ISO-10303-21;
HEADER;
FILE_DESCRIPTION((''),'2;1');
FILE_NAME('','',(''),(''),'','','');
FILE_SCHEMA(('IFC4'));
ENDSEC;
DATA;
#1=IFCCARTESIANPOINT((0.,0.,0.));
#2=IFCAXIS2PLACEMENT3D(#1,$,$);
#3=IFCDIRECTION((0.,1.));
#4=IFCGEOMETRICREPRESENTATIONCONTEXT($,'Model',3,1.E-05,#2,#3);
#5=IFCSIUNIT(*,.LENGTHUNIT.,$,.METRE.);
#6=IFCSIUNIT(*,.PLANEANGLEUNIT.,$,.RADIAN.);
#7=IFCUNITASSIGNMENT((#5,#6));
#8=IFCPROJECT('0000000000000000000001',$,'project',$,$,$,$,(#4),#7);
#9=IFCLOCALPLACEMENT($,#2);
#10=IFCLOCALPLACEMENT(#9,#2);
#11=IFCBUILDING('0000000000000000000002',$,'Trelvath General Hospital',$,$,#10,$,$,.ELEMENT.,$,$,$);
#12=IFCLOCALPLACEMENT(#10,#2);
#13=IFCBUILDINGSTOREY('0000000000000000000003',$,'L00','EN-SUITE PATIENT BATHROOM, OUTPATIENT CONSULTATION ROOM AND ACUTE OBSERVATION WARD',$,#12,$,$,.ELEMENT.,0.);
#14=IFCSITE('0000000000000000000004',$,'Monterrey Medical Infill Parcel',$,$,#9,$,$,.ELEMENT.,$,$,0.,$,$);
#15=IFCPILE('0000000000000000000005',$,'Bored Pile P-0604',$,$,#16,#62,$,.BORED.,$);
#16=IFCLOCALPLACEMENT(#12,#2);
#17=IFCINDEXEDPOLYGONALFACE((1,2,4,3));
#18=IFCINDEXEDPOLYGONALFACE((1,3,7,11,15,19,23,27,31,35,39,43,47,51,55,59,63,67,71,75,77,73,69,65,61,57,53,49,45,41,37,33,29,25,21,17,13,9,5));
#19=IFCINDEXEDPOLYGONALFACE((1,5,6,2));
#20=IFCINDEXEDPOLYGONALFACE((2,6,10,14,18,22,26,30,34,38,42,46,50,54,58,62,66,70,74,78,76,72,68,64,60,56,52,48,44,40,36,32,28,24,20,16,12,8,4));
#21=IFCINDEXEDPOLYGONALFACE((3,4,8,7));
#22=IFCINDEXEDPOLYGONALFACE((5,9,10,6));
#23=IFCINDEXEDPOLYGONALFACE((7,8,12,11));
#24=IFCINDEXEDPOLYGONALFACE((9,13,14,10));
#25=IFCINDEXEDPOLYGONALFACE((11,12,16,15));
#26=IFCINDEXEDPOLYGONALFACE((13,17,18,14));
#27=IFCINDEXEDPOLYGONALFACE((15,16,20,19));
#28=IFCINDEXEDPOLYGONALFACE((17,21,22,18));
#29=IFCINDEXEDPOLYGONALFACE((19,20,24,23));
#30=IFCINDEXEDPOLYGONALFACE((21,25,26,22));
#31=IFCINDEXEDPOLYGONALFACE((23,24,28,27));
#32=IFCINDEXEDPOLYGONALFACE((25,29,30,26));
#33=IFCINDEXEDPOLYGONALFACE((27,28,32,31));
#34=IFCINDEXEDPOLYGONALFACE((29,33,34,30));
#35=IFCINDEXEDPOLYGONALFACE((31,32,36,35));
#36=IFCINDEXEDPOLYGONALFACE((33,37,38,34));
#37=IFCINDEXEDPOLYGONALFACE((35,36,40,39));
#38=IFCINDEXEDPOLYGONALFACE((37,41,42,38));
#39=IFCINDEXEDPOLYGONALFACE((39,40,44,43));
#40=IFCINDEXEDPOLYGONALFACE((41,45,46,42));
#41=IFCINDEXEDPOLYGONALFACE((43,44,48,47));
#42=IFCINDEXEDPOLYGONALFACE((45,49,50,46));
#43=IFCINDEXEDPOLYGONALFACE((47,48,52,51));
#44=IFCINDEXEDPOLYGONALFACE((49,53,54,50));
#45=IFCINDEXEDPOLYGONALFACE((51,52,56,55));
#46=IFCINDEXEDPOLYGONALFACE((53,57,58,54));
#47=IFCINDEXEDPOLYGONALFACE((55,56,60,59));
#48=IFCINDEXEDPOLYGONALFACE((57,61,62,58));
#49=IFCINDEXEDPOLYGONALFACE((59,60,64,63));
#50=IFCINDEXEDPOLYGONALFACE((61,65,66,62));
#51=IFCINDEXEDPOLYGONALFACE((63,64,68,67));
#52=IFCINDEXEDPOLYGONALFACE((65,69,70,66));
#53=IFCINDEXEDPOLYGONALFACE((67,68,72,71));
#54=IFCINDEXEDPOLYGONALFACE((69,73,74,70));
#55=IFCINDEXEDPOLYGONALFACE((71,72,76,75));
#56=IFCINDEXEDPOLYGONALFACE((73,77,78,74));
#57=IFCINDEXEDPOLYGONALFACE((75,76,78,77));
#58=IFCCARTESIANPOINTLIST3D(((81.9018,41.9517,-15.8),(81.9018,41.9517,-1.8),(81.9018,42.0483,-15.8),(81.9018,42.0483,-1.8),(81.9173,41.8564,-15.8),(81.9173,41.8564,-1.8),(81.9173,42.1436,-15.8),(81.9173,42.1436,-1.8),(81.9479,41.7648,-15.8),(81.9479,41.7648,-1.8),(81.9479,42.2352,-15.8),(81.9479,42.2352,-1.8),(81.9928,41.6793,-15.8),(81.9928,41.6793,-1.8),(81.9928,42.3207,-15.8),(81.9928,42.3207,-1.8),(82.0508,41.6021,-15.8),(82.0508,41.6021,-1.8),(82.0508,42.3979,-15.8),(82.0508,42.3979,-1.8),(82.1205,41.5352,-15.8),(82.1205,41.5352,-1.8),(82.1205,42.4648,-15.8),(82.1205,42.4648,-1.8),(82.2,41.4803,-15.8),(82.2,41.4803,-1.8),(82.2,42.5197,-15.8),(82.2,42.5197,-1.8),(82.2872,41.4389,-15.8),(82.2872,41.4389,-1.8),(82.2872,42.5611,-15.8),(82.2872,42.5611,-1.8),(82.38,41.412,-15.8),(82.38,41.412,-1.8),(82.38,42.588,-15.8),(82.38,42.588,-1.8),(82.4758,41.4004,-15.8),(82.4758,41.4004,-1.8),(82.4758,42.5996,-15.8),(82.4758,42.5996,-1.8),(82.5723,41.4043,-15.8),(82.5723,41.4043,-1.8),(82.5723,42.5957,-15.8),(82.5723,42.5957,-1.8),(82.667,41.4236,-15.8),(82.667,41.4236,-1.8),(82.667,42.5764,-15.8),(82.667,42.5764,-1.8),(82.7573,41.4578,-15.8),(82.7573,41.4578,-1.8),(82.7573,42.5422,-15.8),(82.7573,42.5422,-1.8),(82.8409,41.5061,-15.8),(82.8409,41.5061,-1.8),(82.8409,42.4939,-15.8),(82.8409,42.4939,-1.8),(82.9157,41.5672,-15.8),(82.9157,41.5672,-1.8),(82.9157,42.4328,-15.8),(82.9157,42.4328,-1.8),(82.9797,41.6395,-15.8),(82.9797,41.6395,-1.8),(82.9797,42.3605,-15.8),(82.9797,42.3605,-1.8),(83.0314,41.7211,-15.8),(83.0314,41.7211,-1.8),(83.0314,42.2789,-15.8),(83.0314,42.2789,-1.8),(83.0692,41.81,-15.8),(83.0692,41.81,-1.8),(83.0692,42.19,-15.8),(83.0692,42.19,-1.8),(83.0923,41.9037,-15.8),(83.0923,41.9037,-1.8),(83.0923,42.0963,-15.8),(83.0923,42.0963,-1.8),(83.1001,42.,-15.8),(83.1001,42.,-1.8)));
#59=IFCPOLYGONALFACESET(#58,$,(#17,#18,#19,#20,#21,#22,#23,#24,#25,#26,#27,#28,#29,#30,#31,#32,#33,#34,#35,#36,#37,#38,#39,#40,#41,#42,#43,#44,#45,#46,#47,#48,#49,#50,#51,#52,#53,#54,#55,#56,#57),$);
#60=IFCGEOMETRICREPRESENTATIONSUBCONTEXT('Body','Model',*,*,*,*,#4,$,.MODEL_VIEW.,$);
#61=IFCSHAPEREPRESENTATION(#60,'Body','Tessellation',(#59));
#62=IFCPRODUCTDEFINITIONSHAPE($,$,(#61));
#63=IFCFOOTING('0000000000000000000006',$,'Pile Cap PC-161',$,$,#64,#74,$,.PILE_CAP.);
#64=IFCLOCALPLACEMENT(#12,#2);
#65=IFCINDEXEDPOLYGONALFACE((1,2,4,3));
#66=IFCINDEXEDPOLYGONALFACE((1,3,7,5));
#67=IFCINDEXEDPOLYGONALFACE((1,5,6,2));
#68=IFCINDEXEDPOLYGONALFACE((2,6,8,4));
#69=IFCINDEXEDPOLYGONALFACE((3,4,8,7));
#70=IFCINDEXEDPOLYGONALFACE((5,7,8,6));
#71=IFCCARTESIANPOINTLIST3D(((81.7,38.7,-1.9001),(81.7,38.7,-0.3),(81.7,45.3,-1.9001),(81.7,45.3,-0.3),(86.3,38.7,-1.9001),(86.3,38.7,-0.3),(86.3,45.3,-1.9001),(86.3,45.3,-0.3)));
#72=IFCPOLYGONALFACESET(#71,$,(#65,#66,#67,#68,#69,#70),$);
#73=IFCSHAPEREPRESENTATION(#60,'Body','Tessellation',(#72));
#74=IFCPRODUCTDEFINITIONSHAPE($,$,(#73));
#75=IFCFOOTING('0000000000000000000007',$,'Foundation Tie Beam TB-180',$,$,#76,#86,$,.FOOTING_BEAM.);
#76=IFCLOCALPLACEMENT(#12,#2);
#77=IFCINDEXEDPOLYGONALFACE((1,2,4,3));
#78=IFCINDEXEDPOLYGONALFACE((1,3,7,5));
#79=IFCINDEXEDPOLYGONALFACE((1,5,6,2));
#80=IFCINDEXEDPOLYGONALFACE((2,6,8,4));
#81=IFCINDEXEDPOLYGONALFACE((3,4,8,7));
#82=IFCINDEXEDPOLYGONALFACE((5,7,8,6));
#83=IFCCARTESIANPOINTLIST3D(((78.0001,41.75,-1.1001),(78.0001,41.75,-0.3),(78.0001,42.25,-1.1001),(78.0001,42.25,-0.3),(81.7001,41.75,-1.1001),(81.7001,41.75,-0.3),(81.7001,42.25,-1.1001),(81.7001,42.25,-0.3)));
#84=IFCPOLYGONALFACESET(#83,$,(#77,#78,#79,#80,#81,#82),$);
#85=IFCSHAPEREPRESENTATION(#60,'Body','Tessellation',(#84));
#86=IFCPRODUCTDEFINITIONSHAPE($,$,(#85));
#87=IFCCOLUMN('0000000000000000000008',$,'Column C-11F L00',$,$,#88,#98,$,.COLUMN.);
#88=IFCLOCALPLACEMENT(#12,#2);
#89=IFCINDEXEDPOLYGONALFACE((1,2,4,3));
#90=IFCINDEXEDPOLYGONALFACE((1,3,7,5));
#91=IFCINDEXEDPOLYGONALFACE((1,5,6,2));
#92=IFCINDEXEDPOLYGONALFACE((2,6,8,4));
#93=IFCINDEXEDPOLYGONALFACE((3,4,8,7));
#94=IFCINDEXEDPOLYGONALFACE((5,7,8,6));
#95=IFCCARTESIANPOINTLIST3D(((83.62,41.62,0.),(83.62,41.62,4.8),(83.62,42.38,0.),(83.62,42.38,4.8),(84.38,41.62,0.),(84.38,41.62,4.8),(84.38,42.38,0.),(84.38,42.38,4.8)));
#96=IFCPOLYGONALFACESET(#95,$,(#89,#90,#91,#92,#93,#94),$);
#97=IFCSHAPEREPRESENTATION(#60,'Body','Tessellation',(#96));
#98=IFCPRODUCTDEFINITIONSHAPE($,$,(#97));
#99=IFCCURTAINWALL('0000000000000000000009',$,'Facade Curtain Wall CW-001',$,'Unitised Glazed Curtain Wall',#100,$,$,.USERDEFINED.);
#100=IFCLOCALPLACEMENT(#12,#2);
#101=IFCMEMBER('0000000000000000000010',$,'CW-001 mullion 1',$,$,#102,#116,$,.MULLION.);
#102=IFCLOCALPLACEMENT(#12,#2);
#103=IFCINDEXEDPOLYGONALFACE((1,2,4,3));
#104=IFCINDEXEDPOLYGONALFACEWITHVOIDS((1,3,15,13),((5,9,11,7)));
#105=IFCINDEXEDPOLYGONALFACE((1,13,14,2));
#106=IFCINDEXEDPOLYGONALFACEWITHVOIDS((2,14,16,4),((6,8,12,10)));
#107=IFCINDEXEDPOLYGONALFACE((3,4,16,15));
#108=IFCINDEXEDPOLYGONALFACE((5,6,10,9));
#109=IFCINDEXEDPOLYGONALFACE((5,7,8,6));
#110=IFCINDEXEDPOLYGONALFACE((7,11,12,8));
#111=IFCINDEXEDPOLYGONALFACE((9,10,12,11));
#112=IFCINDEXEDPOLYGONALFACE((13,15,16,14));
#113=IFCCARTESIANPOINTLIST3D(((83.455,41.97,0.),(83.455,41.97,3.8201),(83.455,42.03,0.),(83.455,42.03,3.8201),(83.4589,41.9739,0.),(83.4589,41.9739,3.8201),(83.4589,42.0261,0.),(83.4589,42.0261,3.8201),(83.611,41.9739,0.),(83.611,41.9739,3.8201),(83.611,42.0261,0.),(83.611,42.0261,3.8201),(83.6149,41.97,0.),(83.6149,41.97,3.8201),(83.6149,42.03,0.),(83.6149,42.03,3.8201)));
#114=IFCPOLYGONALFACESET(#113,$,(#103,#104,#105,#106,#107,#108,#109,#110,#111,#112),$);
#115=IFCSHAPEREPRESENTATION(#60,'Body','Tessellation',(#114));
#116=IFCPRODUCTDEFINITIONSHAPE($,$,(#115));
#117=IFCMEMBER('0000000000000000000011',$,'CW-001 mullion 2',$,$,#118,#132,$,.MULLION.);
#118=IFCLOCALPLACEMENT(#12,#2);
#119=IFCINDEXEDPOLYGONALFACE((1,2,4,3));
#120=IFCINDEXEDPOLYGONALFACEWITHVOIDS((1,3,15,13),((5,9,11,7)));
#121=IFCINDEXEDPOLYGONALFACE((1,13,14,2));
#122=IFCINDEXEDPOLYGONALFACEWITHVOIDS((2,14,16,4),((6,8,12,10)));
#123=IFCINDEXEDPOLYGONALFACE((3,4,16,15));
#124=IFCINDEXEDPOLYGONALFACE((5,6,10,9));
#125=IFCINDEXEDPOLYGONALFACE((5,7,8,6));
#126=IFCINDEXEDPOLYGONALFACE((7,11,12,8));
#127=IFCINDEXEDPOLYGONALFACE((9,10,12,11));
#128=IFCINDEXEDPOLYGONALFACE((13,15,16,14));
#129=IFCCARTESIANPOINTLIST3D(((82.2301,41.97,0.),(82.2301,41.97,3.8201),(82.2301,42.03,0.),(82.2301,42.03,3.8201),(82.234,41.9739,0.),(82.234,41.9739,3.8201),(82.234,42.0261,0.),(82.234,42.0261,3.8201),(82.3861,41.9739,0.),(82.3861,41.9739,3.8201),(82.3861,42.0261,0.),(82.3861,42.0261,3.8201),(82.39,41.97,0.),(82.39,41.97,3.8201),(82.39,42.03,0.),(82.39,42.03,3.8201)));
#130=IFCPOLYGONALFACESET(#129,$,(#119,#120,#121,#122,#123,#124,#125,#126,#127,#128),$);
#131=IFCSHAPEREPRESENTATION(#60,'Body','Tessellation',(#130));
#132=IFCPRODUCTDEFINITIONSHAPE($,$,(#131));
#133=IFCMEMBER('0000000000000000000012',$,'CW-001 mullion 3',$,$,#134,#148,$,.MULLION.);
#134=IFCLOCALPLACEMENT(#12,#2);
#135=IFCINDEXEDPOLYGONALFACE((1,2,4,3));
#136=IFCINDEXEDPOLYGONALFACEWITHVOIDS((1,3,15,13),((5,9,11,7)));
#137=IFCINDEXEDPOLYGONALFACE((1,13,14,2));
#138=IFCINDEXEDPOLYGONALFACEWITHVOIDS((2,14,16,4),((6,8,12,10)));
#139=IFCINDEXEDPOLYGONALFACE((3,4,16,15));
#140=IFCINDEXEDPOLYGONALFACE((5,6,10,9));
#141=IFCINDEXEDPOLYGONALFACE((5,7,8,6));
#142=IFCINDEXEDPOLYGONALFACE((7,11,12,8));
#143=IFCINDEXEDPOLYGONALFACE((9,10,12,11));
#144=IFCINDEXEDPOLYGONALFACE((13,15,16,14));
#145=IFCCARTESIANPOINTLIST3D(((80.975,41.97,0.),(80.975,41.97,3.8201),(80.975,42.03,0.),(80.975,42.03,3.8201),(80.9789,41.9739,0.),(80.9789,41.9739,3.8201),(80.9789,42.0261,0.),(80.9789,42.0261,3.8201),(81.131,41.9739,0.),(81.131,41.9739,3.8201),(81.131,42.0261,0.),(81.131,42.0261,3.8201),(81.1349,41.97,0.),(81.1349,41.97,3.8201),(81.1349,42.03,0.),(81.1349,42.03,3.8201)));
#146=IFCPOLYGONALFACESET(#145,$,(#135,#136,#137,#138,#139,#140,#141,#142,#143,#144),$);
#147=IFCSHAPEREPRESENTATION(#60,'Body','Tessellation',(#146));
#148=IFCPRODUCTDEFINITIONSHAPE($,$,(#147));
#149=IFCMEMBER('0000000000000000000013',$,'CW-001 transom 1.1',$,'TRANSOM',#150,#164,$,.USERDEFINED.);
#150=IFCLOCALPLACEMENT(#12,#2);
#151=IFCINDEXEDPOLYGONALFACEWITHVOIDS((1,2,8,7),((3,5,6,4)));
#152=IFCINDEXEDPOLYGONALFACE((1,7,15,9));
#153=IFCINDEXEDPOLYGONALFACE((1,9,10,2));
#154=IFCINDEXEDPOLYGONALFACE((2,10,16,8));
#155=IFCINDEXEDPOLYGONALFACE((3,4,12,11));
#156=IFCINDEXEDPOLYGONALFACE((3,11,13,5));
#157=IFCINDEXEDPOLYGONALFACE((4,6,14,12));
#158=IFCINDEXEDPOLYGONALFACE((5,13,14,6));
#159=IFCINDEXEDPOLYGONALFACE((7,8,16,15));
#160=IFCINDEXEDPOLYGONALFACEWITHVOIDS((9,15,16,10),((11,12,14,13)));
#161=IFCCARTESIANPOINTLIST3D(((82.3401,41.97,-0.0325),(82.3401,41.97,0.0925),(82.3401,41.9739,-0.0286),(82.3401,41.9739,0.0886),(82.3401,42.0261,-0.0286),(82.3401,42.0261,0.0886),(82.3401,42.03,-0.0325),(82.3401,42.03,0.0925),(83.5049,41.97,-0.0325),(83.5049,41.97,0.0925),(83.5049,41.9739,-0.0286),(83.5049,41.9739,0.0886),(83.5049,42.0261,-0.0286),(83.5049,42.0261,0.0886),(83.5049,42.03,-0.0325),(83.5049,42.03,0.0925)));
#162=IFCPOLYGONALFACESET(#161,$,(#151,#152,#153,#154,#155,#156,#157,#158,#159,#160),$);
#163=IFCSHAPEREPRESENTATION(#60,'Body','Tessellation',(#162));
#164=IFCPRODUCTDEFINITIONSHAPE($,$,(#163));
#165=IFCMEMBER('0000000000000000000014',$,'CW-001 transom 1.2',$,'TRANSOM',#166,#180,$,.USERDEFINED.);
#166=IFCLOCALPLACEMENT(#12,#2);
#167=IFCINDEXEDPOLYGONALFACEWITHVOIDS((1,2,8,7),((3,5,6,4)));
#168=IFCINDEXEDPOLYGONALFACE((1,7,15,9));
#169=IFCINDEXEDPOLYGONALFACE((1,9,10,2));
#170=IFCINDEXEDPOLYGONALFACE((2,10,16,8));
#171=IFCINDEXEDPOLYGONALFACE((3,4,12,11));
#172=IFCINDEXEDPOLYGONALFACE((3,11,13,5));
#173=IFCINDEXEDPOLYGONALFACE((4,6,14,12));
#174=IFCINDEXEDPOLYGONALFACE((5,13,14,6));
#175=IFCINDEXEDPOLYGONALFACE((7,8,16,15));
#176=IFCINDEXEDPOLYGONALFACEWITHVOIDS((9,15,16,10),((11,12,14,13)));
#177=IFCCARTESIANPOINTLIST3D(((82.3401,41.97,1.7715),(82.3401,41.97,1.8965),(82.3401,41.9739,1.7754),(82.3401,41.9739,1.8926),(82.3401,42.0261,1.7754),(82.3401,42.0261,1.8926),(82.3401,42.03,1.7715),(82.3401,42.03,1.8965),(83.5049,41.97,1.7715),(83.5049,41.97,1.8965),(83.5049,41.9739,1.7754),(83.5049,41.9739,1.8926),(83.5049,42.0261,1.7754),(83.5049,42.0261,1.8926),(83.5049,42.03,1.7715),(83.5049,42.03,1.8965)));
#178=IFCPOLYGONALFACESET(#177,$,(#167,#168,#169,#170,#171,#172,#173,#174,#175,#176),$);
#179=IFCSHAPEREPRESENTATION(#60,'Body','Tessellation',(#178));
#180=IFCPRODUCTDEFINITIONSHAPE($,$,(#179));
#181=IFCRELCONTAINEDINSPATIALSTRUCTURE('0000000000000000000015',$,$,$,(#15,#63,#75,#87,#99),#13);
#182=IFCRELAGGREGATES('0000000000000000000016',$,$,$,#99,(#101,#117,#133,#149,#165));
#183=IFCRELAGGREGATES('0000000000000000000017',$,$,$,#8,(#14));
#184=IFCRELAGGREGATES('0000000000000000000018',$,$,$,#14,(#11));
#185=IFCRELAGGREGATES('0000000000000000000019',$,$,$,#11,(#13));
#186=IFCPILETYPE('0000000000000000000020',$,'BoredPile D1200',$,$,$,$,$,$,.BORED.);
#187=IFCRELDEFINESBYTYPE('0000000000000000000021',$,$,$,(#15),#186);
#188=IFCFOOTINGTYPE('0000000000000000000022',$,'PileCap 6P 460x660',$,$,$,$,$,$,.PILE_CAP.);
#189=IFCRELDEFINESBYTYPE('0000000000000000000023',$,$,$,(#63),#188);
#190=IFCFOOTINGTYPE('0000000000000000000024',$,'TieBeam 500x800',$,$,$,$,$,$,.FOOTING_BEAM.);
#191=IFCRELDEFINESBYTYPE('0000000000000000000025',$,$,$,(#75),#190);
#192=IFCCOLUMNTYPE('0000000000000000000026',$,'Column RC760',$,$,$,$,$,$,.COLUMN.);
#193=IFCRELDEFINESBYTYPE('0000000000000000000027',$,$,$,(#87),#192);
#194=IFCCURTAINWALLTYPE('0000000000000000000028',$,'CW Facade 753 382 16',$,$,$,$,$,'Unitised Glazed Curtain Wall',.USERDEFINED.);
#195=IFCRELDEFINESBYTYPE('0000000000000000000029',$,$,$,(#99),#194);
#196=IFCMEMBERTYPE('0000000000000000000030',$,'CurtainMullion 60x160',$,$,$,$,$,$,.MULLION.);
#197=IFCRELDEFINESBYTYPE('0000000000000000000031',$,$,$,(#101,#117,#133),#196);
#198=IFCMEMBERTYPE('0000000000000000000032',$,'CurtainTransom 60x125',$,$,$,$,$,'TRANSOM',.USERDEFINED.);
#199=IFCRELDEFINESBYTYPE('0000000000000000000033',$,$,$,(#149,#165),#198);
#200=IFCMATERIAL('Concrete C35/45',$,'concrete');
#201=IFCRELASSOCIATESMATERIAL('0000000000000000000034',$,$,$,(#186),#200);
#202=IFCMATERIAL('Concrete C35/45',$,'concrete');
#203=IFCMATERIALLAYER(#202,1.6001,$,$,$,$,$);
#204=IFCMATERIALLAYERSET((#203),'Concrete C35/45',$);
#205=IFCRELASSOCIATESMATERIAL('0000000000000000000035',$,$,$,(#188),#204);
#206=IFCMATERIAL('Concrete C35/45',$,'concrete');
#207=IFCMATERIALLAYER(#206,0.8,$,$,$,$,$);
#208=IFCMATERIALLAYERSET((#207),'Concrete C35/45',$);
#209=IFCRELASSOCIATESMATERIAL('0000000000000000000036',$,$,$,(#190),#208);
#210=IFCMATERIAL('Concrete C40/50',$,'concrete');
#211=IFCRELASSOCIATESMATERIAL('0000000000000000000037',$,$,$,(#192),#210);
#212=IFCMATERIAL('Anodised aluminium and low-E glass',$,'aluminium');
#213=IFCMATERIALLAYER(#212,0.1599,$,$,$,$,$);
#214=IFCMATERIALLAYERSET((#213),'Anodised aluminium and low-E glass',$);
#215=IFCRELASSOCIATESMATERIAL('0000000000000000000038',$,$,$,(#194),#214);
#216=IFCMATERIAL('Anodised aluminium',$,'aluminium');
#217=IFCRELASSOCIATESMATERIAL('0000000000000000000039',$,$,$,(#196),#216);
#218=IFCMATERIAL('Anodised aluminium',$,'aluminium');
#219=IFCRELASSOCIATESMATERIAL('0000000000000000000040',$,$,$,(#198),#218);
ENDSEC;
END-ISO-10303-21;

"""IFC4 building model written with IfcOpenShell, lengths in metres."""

from ifc_helpers import new_model, si_unit, direction, frame, origin, origin_2d, place, context, subcontext, project, spatial, rectangle, hollow_rectangle, circle, extrude, material, layer, layer_set, material_profile, profile_set, type_object, element, aggregate, save


model = new_model("IFC4")

# Units and contexts
model_context = context("Model", 3, precision=1e-05, world=origin(), true_north=direction((0.0, 1.0)))
body_context = subcontext(model_context, "Body", "Model", "MODEL_VIEW")
ifc_project = project(units=[si_unit("LENGTHUNIT", "METRE"), si_unit("PLANEANGLEUNIT", "RADIAN")], contexts=[model_context])

# Site, building, storey
site_placement = place(None, origin())
site = spatial("IfcSite", under=ifc_project, at=site_placement, Name="Monterrey Medical Infill Parcel", CompositionType="ELEMENT", RefElevation=0.0)
building_placement = place(site_placement, origin())
building = spatial("IfcBuilding", under=site, at=building_placement, Name="Trelvath General Hospital", CompositionType="ELEMENT")
storey_placement = place(building_placement, origin())
storey = spatial("IfcBuildingStorey", under=building, at=storey_placement, Name="L00", Description="EN-SUITE PATIENT BATHROOM, OUTPATIENT CONSULTATION ROOM AND ACUTE OBSERVATION WARD", CompositionType="ELEMENT", Elevation=0.0)

# Pile
ifc_material_1 = material(Name="Concrete C35/45", Category="concrete")
ifc_material_profile_1 = material_profile(ifc_material_1, circle(Radius=0.6001, at=origin_2d()), Name="PILE1200")
ifc_profile_set_1 = profile_set([ifc_material_profile_1], Name="Concrete C35/45")
pile_type = type_object("IfcPileType", Name="BoredPile D1200", PredefinedType="BORED", material=ifc_profile_set_1)
pile_placement = place(storey_placement, frame((82.5, 42.0, -1.8), z_axis=(0.0, 0.0, -1.0), x_axis=(1.0, 0.0, 0.0)))
element("IfcPile", 1, at=pile_placement, inside=storey, type_object=pile_type, Name="Bored Pile P-0604", PredefinedType="BORED", context=body_context, shape_type="SweptSolid", body=[
    extrude(circle(Radius=0.6001, at=origin_2d()), origin(), (0.0, 0.0, 1.0), 14.0),
])

# Footings
ifc_material_2 = material(Name="Concrete C35/45", Category="concrete")
ifc_layer_1 = layer(ifc_material_2, 1.6001)
ifc_layer_set_1 = layer_set([ifc_layer_1], Name="Concrete C35/45")
footing_type_1 = type_object("IfcFootingType", Name="PileCap 6P 460x660", PredefinedType="PILE_CAP", material=ifc_layer_set_1)
footing_1_placement = place(storey_placement, frame((84.0, 42.0, -1.9001), z_axis=(0.0, 0.0, 1.0), x_axis=(1.0, 0.0, 0.0)))
element("IfcFooting", 2, at=footing_1_placement, inside=storey, type_object=footing_type_1, Name="Pile Cap PC-161", PredefinedType="PILE_CAP", context=body_context, shape_type="SweptSolid", body=[
    extrude(rectangle(XDim=4.6001, YDim=6.6001, at=origin_2d()), origin(), (0.0, 0.0, 1.0), 1.6001),
])
ifc_material_3 = material(Name="Concrete C35/45", Category="concrete")
ifc_layer_2 = layer(ifc_material_3, 0.8)
ifc_layer_set_2 = layer_set([ifc_layer_2], Name="Concrete C35/45")
footing_type_2 = type_object("IfcFootingType", Name="TieBeam 500x800", PredefinedType="FOOTING_BEAM", material=ifc_layer_set_2)
footing_2_placement = place(storey_placement, frame((79.8501, 42.0, -1.1001), z_axis=(0.0, 0.0, 1.0), x_axis=(1.0, 0.0, 0.0)))
element("IfcFooting", 3, at=footing_2_placement, inside=storey, type_object=footing_type_2, Name="Foundation Tie Beam TB-180", PredefinedType="FOOTING_BEAM", context=body_context, shape_type="SweptSolid", body=[
    extrude(rectangle(XDim=3.7, YDim=0.5, at=origin_2d()), origin(), (0.0, 0.0, 1.0), 0.8),
])

# Column
ifc_material_4 = material(Name="Concrete C40/50", Category="concrete")
ifc_material_profile_2 = material_profile(ifc_material_4, rectangle(XDim=0.76, YDim=0.76, at=origin_2d()), Name="RC760x760")
ifc_profile_set_2 = profile_set([ifc_material_profile_2], Name="Concrete C40/50")
column_type = type_object("IfcColumnType", Name="Column RC760", PredefinedType="COLUMN", material=ifc_profile_set_2)
column_placement = place(storey_placement, frame((84.0, 42.0, 0.0), z_axis=(0.0, 0.0, 1.0), x_axis=(1.0, 0.0, 0.0)))
element("IfcColumn", 4, at=column_placement, inside=storey, type_object=column_type, Name="Column C-11F L00", PredefinedType="COLUMN", context=body_context, shape_type="SweptSolid", body=[
    extrude(rectangle(XDim=0.76, YDim=0.76, at=origin_2d()), origin(), (0.0, 0.0, 1.0), 4.8),
])

# Curtain wall, members
ifc_material_5 = material(Name="Anodised aluminium and low-E glass", Category="aluminium")
ifc_layer_3 = layer(ifc_material_5, 0.1599)
ifc_layer_set_3 = layer_set([ifc_layer_3], Name="Anodised aluminium and low-E glass")
curtain_wall_type = type_object("IfcCurtainWallType", Name="CW Facade 753 382 16", ElementType="Unitised Glazed Curtain Wall", PredefinedType="USERDEFINED", material=ifc_layer_set_3)
curtain_wall_placement = place(storey_placement, origin())
curtain_wall = element("IfcCurtainWall", 5, at=curtain_wall_placement, inside=storey, type_object=curtain_wall_type, Name="Facade Curtain Wall CW-001", ObjectType="Unitised Glazed Curtain Wall", PredefinedType="USERDEFINED")
ifc_material_6 = material(Name="Anodised aluminium", Category="aluminium")
ifc_material_profile_3 = material_profile(ifc_material_6, hollow_rectangle(XDim=0.0601, YDim=0.1599, WallThickness=0.0039, at=origin_2d()), Name="RHS60x160x4")
ifc_profile_set_3 = profile_set([ifc_material_profile_3], Name="Anodised aluminium")
member_type_1 = type_object("IfcMemberType", Name="CurtainMullion 60x160", PredefinedType="MULLION", material=ifc_profile_set_3)
member_1_placement = place(storey_placement, frame((83.5349, 42.0, 0.0), z_axis=(0.0, 0.0, 1.0), x_axis=(0.0, -1.0, 0.0)))
member_1 = element("IfcMember", 6, at=member_1_placement, type_object=member_type_1, Name="CW-001 mullion 1", PredefinedType="MULLION", context=body_context, shape_type="SweptSolid", body=[
    extrude(hollow_rectangle(XDim=0.0601, YDim=0.1599, WallThickness=0.0039, at=origin_2d()), origin(), (0.0, 0.0, 1.0), 3.8201),
])
member_2_placement = place(storey_placement, frame((82.3101, 42.0, 0.0), z_axis=(0.0, 0.0, 1.0), x_axis=(0.0, -1.0, 0.0)))
member_2 = element("IfcMember", 7, at=member_2_placement, type_object=member_type_1, Name="CW-001 mullion 2", PredefinedType="MULLION", context=body_context, shape_type="SweptSolid", body=[
    extrude(hollow_rectangle(XDim=0.0601, YDim=0.1599, WallThickness=0.0039, at=origin_2d()), origin(), (0.0, 0.0, 1.0), 3.8201),
])
member_3_placement = place(storey_placement, frame((81.0549, 42.0, 0.0), z_axis=(0.0, 0.0, 1.0), x_axis=(0.0, -1.0, 0.0)))
member_3 = element("IfcMember", 8, at=member_3_placement, type_object=member_type_1, Name="CW-001 mullion 3", PredefinedType="MULLION", context=body_context, shape_type="SweptSolid", body=[
    extrude(hollow_rectangle(XDim=0.0601, YDim=0.1599, WallThickness=0.0039, at=origin_2d()), origin(), (0.0, 0.0, 1.0), 3.8201),
])
ifc_material_7 = material(Name="Anodised aluminium", Category="aluminium")
ifc_material_profile_4 = material_profile(ifc_material_7, hollow_rectangle(XDim=0.0601, YDim=0.125, WallThickness=0.0039, at=origin_2d()), Name="RHS60x125x4")
ifc_profile_set_4 = profile_set([ifc_material_profile_4], Name="Anodised aluminium")
member_type_2 = type_object("IfcMemberType", Name="CurtainTransom 60x125", ElementType="TRANSOM", PredefinedType="USERDEFINED", material=ifc_profile_set_4)
member_4_placement = place(storey_placement, frame((83.5049, 42.0, 0.03), z_axis=(-1.0, 0.0, 0.0), x_axis=(0.0, -1.0, 0.0)))
member_4 = element("IfcMember", 9, at=member_4_placement, type_object=member_type_2, Name="CW-001 transom 1.1", ObjectType="TRANSOM", PredefinedType="USERDEFINED", context=body_context, shape_type="SweptSolid", body=[
    extrude(hollow_rectangle(XDim=0.0601, YDim=0.125, WallThickness=0.0039, at=origin_2d()), origin(), (0.0, 0.0, 1.0), 1.1648),
])
member_5_placement = place(storey_placement, frame((83.5049, 42.0, 1.834), z_axis=(-1.0, 0.0, 0.0), x_axis=(0.0, -1.0, 0.0)))
member_5 = element("IfcMember", 10, at=member_5_placement, type_object=member_type_2, Name="CW-001 transom 1.2", ObjectType="TRANSOM", PredefinedType="USERDEFINED", context=body_context, shape_type="SweptSolid", body=[
    extrude(hollow_rectangle(XDim=0.0601, YDim=0.125, WallThickness=0.0039, at=origin_2d()), origin(), (0.0, 0.0, 1.0), 1.1648),
])
aggregate(curtain_wall, [member_1, member_2, member_3, member_4, member_5])

save(model, "model.ifc")
